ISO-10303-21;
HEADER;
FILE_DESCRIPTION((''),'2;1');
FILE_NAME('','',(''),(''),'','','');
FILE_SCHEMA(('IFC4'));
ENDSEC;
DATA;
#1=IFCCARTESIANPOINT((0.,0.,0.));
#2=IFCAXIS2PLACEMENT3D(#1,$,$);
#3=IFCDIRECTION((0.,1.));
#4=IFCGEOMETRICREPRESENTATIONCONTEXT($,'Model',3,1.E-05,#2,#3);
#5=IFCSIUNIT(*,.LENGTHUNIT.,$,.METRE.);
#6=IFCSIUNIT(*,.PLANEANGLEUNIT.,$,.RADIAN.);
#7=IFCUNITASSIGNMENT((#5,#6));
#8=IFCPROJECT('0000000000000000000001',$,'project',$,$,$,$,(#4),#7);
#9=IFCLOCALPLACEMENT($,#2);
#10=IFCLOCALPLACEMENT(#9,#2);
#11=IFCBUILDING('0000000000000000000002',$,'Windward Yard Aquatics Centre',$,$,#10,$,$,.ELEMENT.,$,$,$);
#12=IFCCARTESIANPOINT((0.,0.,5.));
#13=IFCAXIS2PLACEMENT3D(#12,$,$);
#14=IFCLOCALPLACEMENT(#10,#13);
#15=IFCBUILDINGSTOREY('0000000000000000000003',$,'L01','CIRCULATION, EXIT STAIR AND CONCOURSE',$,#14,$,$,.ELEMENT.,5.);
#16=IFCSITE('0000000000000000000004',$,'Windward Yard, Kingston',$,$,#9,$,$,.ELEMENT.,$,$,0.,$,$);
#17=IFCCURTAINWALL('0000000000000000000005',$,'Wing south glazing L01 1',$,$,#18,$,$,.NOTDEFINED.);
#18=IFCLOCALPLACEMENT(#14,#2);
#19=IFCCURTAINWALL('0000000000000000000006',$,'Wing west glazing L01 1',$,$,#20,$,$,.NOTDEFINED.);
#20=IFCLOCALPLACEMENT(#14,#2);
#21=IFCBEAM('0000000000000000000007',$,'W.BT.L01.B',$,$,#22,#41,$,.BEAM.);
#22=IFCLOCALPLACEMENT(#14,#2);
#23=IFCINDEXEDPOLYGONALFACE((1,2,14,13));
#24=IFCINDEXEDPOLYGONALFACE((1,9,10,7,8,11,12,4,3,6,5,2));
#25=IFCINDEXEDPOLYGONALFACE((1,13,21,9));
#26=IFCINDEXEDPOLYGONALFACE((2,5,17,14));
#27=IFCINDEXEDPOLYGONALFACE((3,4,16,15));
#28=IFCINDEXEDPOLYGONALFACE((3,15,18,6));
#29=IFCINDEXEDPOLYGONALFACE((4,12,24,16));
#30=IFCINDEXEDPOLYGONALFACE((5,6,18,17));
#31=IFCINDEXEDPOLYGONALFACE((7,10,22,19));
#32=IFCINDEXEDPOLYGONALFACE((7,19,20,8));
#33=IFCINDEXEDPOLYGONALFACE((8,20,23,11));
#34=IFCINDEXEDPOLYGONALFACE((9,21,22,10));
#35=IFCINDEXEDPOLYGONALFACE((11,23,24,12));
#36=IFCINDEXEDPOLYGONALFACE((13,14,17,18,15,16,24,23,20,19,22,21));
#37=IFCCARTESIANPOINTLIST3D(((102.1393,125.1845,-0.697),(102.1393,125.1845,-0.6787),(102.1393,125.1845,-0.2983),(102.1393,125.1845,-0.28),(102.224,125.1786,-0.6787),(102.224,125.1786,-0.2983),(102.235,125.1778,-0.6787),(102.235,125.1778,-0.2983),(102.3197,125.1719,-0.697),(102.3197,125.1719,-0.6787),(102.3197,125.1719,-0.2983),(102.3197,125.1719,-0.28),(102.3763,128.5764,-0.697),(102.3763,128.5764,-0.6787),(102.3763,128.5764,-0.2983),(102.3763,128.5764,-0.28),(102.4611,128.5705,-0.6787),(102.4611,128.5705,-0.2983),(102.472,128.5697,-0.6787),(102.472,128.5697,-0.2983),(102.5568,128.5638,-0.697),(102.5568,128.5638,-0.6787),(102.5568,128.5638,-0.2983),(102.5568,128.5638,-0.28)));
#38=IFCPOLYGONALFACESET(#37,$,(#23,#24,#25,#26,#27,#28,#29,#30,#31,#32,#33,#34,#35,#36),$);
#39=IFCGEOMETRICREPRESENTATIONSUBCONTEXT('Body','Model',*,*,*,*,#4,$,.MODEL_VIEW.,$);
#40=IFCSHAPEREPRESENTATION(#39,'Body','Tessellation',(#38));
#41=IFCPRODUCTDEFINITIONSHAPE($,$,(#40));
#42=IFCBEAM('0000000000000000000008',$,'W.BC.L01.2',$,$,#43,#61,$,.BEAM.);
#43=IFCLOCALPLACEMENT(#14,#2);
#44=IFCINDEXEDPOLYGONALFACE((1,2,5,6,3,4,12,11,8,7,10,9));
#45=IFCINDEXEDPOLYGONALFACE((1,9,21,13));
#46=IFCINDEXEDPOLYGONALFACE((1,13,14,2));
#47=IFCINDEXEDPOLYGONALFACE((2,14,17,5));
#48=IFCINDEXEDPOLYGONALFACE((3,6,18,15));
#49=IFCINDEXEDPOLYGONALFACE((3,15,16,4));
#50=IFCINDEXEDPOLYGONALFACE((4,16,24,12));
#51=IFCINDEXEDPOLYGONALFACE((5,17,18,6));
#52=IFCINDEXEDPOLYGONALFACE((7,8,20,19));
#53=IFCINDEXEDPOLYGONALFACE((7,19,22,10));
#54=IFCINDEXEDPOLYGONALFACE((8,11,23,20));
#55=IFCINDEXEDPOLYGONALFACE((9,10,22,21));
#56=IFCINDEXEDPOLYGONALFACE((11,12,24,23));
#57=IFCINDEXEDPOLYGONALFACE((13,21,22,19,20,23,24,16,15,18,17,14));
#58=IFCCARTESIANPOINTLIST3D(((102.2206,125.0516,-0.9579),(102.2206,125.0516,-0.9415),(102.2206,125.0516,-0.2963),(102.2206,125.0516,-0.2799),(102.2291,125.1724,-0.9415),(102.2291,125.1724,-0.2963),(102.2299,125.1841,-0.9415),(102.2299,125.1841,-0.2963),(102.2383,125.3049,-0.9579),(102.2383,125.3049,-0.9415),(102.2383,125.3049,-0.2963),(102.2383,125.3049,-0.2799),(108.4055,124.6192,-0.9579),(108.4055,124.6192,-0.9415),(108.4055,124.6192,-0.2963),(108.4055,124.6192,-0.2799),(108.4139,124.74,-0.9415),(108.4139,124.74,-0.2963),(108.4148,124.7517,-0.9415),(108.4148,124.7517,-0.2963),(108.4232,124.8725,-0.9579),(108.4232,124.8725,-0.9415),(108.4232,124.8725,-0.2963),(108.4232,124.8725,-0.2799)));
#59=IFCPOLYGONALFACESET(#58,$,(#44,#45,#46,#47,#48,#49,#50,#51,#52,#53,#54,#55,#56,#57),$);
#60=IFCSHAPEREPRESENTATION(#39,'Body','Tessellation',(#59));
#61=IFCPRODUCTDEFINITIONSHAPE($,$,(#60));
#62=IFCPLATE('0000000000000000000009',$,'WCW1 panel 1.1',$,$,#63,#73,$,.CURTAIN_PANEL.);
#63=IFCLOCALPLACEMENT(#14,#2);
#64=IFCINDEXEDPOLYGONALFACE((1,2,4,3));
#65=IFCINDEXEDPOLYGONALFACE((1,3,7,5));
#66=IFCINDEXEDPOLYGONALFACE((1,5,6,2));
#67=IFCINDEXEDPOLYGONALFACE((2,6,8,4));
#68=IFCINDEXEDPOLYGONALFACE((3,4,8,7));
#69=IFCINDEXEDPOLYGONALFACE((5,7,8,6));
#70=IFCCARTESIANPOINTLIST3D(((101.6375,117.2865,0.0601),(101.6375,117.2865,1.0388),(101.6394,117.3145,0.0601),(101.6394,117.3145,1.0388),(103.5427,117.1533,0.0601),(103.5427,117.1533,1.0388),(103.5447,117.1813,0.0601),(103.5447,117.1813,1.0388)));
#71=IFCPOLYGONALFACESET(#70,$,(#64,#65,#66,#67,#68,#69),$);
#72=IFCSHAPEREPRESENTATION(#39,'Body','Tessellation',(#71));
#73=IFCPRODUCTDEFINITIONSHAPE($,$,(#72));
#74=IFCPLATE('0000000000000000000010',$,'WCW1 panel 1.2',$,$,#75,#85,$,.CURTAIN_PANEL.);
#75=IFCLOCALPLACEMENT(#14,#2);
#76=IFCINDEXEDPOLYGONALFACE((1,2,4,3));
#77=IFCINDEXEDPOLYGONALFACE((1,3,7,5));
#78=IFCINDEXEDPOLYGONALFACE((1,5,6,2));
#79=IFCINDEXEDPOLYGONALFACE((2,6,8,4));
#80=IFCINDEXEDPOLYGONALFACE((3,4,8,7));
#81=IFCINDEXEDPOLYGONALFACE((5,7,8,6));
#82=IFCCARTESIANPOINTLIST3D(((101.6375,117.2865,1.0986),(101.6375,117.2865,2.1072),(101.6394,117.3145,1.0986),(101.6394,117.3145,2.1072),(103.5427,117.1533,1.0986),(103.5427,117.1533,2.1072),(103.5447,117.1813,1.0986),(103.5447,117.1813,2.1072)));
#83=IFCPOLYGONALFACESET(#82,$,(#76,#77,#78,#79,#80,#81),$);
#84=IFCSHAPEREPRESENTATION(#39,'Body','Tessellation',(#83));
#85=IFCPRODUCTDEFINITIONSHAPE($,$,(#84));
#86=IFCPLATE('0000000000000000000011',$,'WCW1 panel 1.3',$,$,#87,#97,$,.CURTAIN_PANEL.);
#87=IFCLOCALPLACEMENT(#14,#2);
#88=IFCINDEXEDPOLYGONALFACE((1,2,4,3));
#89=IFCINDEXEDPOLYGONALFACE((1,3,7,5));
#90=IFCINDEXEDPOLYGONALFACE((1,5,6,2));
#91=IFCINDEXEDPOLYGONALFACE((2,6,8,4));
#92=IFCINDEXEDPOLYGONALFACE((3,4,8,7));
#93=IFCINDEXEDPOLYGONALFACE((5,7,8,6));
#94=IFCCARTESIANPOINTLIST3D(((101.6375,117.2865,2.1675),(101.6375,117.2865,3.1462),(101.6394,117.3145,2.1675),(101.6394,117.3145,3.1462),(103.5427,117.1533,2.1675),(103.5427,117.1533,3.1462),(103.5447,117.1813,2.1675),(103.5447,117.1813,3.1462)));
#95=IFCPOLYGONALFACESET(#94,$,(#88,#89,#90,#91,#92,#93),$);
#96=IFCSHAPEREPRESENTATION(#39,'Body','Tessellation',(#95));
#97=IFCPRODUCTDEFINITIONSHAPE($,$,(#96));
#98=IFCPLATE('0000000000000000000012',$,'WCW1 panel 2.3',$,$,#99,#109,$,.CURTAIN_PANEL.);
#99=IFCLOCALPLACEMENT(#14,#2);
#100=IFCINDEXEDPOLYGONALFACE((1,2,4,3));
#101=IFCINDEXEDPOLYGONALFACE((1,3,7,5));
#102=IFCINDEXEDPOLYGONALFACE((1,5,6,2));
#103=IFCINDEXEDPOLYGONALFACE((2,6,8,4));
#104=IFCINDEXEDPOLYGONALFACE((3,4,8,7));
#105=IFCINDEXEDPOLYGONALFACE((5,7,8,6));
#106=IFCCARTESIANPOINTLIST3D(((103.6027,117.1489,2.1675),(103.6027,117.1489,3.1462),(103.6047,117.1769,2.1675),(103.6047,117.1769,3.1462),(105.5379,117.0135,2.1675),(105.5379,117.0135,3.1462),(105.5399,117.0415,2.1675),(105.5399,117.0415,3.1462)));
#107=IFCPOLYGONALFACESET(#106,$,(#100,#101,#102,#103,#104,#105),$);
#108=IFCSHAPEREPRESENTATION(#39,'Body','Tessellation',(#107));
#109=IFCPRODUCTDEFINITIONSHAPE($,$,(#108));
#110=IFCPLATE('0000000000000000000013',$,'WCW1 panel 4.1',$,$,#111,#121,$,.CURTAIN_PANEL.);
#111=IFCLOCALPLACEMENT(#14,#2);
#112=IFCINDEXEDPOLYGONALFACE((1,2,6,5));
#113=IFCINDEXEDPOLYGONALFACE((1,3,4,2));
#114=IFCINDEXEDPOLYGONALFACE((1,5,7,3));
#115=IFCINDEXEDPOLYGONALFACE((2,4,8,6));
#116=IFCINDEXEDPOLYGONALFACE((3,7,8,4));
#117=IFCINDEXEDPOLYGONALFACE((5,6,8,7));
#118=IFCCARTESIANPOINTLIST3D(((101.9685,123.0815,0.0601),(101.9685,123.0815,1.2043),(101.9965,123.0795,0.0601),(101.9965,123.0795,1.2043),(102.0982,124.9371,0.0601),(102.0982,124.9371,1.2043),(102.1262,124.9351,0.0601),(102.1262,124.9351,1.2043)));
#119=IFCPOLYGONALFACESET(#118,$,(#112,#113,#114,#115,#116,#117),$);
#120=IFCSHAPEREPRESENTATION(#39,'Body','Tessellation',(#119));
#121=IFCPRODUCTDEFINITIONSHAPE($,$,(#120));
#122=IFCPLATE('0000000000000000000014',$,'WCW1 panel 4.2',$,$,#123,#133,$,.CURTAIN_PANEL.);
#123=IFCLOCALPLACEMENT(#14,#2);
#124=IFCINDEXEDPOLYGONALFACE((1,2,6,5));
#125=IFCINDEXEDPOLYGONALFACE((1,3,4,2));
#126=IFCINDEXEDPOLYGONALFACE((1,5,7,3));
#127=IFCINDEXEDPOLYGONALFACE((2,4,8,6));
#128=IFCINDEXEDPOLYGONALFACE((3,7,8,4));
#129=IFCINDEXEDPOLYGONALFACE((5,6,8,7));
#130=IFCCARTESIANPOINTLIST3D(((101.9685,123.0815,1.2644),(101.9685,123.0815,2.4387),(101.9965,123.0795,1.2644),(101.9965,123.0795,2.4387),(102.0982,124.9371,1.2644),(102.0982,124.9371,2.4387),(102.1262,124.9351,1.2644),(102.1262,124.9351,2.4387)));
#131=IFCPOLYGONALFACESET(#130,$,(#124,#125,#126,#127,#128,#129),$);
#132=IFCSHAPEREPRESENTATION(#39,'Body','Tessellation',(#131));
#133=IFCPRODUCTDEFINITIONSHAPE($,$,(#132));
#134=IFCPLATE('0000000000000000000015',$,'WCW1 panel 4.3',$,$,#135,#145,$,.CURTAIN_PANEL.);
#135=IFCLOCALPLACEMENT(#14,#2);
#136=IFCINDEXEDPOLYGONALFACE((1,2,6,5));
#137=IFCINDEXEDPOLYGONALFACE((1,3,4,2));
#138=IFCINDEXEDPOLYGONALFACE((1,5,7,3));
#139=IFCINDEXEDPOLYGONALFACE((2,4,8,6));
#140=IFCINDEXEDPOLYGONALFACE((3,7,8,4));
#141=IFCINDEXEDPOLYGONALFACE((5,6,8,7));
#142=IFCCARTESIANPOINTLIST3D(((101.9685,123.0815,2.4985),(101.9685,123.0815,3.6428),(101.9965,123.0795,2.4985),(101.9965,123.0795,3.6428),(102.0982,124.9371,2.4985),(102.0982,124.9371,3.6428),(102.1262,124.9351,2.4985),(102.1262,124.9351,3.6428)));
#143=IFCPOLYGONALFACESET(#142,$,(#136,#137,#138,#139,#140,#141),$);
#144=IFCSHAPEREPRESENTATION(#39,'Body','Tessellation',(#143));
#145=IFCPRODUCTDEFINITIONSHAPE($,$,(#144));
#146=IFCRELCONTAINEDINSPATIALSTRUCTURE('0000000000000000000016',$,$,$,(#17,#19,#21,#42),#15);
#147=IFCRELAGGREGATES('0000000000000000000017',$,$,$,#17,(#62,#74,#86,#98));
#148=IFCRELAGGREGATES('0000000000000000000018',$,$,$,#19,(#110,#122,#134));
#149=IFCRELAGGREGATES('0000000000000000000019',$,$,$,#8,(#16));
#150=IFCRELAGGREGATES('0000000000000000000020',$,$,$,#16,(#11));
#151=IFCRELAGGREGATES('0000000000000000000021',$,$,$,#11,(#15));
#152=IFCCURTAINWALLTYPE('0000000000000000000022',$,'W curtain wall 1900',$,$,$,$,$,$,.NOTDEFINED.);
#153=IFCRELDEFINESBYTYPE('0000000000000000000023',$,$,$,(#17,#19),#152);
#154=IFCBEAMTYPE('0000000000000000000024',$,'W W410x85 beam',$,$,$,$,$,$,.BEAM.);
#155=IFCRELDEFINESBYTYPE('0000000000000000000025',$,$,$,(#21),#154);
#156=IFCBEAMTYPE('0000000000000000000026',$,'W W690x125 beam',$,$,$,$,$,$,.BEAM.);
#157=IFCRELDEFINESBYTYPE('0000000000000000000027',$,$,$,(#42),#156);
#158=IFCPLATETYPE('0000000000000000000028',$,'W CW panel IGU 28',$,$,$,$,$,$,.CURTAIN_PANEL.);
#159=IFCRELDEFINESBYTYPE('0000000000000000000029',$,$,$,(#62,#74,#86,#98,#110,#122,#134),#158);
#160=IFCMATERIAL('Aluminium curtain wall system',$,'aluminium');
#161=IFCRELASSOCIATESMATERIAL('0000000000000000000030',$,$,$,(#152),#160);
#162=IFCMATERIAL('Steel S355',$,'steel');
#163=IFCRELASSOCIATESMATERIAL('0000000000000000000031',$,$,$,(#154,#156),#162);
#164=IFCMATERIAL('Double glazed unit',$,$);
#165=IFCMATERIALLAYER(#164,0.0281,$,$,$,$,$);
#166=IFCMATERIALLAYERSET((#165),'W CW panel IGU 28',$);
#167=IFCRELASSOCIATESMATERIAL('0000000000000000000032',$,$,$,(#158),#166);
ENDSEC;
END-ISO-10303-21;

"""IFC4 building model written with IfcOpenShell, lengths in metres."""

from ifc_helpers import new_model, si_unit, direction, frame, origin, origin_2d, place, context, subcontext, project, spatial, rectangle, i_section, extrude, material, layer, layer_set, material_profile, profile_set, type_object, element, aggregate, save


model = new_model("IFC4")

# Units and contexts
model_context = context("Model", 3, precision=1e-05, world=origin(), true_north=direction((0.0, 1.0)))
body_context = subcontext(model_context, "Body", "Model", "MODEL_VIEW")
ifc_project = project(units=[si_unit("LENGTHUNIT", "METRE"), si_unit("PLANEANGLEUNIT", "RADIAN")], contexts=[model_context])

# Site, building, storey
site_placement = place(None, origin())
site = spatial("IfcSite", under=ifc_project, at=site_placement, Name="Windward Yard, Kingston", CompositionType="ELEMENT", RefElevation=0.0)
building_placement = place(site_placement, origin())
building = spatial("IfcBuilding", under=site, at=building_placement, Name="Windward Yard Aquatics Centre", CompositionType="ELEMENT")
storey_placement = place(building_placement, frame((0.0, 0.0, 5.0)))
storey = spatial("IfcBuildingStorey", under=building, at=storey_placement, Name="L01", Description="CIRCULATION, EXIT STAIR AND CONCOURSE", CompositionType="ELEMENT", Elevation=5.0)

# Curtain walls
ifc_material_1 = material(Name="Aluminium curtain wall system", Category="aluminium")
curtain_wall_type = type_object("IfcCurtainWallType", Name="W curtain wall 1900", PredefinedType="NOTDEFINED", material=ifc_material_1)
curtain_wall_1_placement = place(storey_placement, origin())
curtain_wall_1 = element("IfcCurtainWall", 1, at=curtain_wall_1_placement, inside=storey, type_object=curtain_wall_type, Name="Wing south glazing L01 1", PredefinedType="NOTDEFINED")
curtain_wall_2_placement = place(storey_placement, origin())
curtain_wall_2 = element("IfcCurtainWall", 2, at=curtain_wall_2_placement, inside=storey, type_object=curtain_wall_type, Name="Wing west glazing L01 1", PredefinedType="NOTDEFINED")

# Beams
ifc_material_2 = material(Name="Steel S355", Category="steel")
ifc_material_profile_1 = material_profile(ifc_material_2, i_section(OverallWidth=0.1809, OverallDepth=0.417, WebThickness=0.011, FlangeThickness=0.0183, at=origin_2d()), Name="W410x85")
ifc_profile_set_1 = profile_set([ifc_material_profile_1], Name="Steel S355")
beam_type_1 = type_object("IfcBeamType", Name="W W410x85 beam", PredefinedType="BEAM", material=ifc_profile_set_1)
beam_1_placement = place(storey_placement, frame((102.2295, 125.1782, -0.4885), z_axis=(0.069721, 0.997567, 0.0), x_axis=(-0.997567, 0.069721, 0.0)))
element("IfcBeam", 3, at=beam_1_placement, inside=storey, type_object=beam_type_1, Name="W.BT.L01.B", PredefinedType="BEAM", context=body_context, shape_type="SweptSolid", body=[
    extrude(i_section(OverallWidth=0.1809, OverallDepth=0.417, WebThickness=0.011, FlangeThickness=0.0183, at=origin_2d()), origin(), (0.0, 0.0, 1.0), 3.4001),
])
ifc_material_profile_2 = material_profile(ifc_material_2, i_section(OverallWidth=0.2539, OverallDepth=0.678, WebThickness=0.0117, FlangeThickness=0.0164, at=origin_2d()), Name="W690x125")
ifc_profile_set_2 = profile_set([ifc_material_profile_2], Name="Steel S355")
beam_type_2 = type_object("IfcBeamType", Name="W W690x125 beam", PredefinedType="BEAM", material=ifc_profile_set_2)
beam_2_placement = place(storey_placement, frame((102.2295, 125.1782, -0.6189), z_axis=(0.997565, -0.069739, 0.0), x_axis=(0.069739, 0.997565, 0.0)))
element("IfcBeam", 4, at=beam_2_placement, inside=storey, type_object=beam_type_2, Name="W.BC.L01.2", PredefinedType="BEAM", context=body_context, shape_type="SweptSolid", body=[
    extrude(i_section(OverallWidth=0.2539, OverallDepth=0.678, WebThickness=0.0117, FlangeThickness=0.0164, at=origin_2d()), origin(), (0.0, 0.0, 1.0), 6.2),
])

# Plates
ifc_material_3 = material(Name="Double glazed unit")
ifc_layer = layer(ifc_material_3, 0.0281)
ifc_layer_set = layer_set([ifc_layer], Name="W CW panel IGU 28")
plate_type = type_object("IfcPlateType", Name="W CW panel IGU 28", PredefinedType="CURTAIN_PANEL", material=ifc_layer_set)
plate_1_placement = place(storey_placement, frame((102.5911, 117.2339, 0.0601), z_axis=(0.0, 0.0, 1.0), x_axis=(0.997563, -0.069766, 0.0)))
plate_1 = element("IfcPlate", 5, at=plate_1_placement, type_object=plate_type, Name="WCW1 panel 1.1", PredefinedType="CURTAIN_PANEL", context=body_context, shape_type="SweptSolid", body=[
    extrude(rectangle(XDim=1.9099, YDim=0.0281, at=origin_2d()), origin(), (0.0, 0.0, 1.0), 0.9788),
])
plate_2_placement = place(storey_placement, frame((102.5911, 117.2339, 1.0986), z_axis=(0.0, 0.0, 1.0), x_axis=(0.997563, -0.069766, 0.0)))
plate_2 = element("IfcPlate", 6, at=plate_2_placement, type_object=plate_type, Name="WCW1 panel 1.2", PredefinedType="CURTAIN_PANEL", context=body_context, shape_type="SweptSolid", body=[
    extrude(rectangle(XDim=1.9099, YDim=0.0281, at=origin_2d()), origin(), (0.0, 0.0, 1.0), 1.0085),
])
plate_3_placement = place(storey_placement, frame((102.5911, 117.2339, 2.1675), z_axis=(0.0, 0.0, 1.0), x_axis=(0.997563, -0.069766, 0.0)))
plate_3 = element("IfcPlate", 7, at=plate_3_placement, type_object=plate_type, Name="WCW1 panel 1.3", PredefinedType="CURTAIN_PANEL", context=body_context, shape_type="SweptSolid", body=[
    extrude(rectangle(XDim=1.9099, YDim=0.0281, at=origin_2d()), origin(), (0.0, 0.0, 1.0), 0.9788),
])
plate_4_placement = place(storey_placement, frame((104.5713, 117.0952, 2.1675), z_axis=(0.0, 0.0, 1.0), x_axis=(0.997563, -0.069766, 0.0)))
plate_4 = element("IfcPlate", 8, at=plate_4_placement, type_object=plate_type, Name="WCW1 panel 2.3", PredefinedType="CURTAIN_PANEL", context=body_context, shape_type="SweptSolid", body=[
    extrude(rectangle(XDim=1.9399, YDim=0.0281, at=origin_2d()), origin(), (0.0, 0.0, 1.0), 0.9788),
])
aggregate(curtain_wall_1, [plate_1, plate_2, plate_3, plate_4])
plate_5_placement = place(storey_placement, frame((102.0474, 124.0083, 0.0601), z_axis=(0.0, 0.0, 1.0), x_axis=(0.069755, 0.997564, 0.0)))
plate_5 = element("IfcPlate", 9, at=plate_5_placement, type_object=plate_type, Name="WCW1 panel 4.1", PredefinedType="CURTAIN_PANEL", context=body_context, shape_type="SweptSolid", body=[
    extrude(rectangle(XDim=1.8601, YDim=0.0281, at=origin_2d()), origin(), (0.0, 0.0, 1.0), 1.1443),
])
plate_6_placement = place(storey_placement, frame((102.0474, 124.0083, 1.2644), z_axis=(0.0, 0.0, 1.0), x_axis=(0.069755, 0.997564, 0.0)))
plate_6 = element("IfcPlate", 10, at=plate_6_placement, type_object=plate_type, Name="WCW1 panel 4.2", PredefinedType="CURTAIN_PANEL", context=body_context, shape_type="SweptSolid", body=[
    extrude(rectangle(XDim=1.8601, YDim=0.0281, at=origin_2d()), origin(), (0.0, 0.0, 1.0), 1.1743),
])
plate_7_placement = place(storey_placement, frame((102.0474, 124.0083, 2.4985), z_axis=(0.0, 0.0, 1.0), x_axis=(0.069755, 0.997564, 0.0)))
plate_7 = element("IfcPlate", 11, at=plate_7_placement, type_object=plate_type, Name="WCW1 panel 4.3", PredefinedType="CURTAIN_PANEL", context=body_context, shape_type="SweptSolid", body=[
    extrude(rectangle(XDim=1.8601, YDim=0.0281, at=origin_2d()), origin(), (0.0, 0.0, 1.0), 1.1443),
])
aggregate(curtain_wall_2, [plate_5, plate_6, plate_7])

save(model, "model.ifc")
